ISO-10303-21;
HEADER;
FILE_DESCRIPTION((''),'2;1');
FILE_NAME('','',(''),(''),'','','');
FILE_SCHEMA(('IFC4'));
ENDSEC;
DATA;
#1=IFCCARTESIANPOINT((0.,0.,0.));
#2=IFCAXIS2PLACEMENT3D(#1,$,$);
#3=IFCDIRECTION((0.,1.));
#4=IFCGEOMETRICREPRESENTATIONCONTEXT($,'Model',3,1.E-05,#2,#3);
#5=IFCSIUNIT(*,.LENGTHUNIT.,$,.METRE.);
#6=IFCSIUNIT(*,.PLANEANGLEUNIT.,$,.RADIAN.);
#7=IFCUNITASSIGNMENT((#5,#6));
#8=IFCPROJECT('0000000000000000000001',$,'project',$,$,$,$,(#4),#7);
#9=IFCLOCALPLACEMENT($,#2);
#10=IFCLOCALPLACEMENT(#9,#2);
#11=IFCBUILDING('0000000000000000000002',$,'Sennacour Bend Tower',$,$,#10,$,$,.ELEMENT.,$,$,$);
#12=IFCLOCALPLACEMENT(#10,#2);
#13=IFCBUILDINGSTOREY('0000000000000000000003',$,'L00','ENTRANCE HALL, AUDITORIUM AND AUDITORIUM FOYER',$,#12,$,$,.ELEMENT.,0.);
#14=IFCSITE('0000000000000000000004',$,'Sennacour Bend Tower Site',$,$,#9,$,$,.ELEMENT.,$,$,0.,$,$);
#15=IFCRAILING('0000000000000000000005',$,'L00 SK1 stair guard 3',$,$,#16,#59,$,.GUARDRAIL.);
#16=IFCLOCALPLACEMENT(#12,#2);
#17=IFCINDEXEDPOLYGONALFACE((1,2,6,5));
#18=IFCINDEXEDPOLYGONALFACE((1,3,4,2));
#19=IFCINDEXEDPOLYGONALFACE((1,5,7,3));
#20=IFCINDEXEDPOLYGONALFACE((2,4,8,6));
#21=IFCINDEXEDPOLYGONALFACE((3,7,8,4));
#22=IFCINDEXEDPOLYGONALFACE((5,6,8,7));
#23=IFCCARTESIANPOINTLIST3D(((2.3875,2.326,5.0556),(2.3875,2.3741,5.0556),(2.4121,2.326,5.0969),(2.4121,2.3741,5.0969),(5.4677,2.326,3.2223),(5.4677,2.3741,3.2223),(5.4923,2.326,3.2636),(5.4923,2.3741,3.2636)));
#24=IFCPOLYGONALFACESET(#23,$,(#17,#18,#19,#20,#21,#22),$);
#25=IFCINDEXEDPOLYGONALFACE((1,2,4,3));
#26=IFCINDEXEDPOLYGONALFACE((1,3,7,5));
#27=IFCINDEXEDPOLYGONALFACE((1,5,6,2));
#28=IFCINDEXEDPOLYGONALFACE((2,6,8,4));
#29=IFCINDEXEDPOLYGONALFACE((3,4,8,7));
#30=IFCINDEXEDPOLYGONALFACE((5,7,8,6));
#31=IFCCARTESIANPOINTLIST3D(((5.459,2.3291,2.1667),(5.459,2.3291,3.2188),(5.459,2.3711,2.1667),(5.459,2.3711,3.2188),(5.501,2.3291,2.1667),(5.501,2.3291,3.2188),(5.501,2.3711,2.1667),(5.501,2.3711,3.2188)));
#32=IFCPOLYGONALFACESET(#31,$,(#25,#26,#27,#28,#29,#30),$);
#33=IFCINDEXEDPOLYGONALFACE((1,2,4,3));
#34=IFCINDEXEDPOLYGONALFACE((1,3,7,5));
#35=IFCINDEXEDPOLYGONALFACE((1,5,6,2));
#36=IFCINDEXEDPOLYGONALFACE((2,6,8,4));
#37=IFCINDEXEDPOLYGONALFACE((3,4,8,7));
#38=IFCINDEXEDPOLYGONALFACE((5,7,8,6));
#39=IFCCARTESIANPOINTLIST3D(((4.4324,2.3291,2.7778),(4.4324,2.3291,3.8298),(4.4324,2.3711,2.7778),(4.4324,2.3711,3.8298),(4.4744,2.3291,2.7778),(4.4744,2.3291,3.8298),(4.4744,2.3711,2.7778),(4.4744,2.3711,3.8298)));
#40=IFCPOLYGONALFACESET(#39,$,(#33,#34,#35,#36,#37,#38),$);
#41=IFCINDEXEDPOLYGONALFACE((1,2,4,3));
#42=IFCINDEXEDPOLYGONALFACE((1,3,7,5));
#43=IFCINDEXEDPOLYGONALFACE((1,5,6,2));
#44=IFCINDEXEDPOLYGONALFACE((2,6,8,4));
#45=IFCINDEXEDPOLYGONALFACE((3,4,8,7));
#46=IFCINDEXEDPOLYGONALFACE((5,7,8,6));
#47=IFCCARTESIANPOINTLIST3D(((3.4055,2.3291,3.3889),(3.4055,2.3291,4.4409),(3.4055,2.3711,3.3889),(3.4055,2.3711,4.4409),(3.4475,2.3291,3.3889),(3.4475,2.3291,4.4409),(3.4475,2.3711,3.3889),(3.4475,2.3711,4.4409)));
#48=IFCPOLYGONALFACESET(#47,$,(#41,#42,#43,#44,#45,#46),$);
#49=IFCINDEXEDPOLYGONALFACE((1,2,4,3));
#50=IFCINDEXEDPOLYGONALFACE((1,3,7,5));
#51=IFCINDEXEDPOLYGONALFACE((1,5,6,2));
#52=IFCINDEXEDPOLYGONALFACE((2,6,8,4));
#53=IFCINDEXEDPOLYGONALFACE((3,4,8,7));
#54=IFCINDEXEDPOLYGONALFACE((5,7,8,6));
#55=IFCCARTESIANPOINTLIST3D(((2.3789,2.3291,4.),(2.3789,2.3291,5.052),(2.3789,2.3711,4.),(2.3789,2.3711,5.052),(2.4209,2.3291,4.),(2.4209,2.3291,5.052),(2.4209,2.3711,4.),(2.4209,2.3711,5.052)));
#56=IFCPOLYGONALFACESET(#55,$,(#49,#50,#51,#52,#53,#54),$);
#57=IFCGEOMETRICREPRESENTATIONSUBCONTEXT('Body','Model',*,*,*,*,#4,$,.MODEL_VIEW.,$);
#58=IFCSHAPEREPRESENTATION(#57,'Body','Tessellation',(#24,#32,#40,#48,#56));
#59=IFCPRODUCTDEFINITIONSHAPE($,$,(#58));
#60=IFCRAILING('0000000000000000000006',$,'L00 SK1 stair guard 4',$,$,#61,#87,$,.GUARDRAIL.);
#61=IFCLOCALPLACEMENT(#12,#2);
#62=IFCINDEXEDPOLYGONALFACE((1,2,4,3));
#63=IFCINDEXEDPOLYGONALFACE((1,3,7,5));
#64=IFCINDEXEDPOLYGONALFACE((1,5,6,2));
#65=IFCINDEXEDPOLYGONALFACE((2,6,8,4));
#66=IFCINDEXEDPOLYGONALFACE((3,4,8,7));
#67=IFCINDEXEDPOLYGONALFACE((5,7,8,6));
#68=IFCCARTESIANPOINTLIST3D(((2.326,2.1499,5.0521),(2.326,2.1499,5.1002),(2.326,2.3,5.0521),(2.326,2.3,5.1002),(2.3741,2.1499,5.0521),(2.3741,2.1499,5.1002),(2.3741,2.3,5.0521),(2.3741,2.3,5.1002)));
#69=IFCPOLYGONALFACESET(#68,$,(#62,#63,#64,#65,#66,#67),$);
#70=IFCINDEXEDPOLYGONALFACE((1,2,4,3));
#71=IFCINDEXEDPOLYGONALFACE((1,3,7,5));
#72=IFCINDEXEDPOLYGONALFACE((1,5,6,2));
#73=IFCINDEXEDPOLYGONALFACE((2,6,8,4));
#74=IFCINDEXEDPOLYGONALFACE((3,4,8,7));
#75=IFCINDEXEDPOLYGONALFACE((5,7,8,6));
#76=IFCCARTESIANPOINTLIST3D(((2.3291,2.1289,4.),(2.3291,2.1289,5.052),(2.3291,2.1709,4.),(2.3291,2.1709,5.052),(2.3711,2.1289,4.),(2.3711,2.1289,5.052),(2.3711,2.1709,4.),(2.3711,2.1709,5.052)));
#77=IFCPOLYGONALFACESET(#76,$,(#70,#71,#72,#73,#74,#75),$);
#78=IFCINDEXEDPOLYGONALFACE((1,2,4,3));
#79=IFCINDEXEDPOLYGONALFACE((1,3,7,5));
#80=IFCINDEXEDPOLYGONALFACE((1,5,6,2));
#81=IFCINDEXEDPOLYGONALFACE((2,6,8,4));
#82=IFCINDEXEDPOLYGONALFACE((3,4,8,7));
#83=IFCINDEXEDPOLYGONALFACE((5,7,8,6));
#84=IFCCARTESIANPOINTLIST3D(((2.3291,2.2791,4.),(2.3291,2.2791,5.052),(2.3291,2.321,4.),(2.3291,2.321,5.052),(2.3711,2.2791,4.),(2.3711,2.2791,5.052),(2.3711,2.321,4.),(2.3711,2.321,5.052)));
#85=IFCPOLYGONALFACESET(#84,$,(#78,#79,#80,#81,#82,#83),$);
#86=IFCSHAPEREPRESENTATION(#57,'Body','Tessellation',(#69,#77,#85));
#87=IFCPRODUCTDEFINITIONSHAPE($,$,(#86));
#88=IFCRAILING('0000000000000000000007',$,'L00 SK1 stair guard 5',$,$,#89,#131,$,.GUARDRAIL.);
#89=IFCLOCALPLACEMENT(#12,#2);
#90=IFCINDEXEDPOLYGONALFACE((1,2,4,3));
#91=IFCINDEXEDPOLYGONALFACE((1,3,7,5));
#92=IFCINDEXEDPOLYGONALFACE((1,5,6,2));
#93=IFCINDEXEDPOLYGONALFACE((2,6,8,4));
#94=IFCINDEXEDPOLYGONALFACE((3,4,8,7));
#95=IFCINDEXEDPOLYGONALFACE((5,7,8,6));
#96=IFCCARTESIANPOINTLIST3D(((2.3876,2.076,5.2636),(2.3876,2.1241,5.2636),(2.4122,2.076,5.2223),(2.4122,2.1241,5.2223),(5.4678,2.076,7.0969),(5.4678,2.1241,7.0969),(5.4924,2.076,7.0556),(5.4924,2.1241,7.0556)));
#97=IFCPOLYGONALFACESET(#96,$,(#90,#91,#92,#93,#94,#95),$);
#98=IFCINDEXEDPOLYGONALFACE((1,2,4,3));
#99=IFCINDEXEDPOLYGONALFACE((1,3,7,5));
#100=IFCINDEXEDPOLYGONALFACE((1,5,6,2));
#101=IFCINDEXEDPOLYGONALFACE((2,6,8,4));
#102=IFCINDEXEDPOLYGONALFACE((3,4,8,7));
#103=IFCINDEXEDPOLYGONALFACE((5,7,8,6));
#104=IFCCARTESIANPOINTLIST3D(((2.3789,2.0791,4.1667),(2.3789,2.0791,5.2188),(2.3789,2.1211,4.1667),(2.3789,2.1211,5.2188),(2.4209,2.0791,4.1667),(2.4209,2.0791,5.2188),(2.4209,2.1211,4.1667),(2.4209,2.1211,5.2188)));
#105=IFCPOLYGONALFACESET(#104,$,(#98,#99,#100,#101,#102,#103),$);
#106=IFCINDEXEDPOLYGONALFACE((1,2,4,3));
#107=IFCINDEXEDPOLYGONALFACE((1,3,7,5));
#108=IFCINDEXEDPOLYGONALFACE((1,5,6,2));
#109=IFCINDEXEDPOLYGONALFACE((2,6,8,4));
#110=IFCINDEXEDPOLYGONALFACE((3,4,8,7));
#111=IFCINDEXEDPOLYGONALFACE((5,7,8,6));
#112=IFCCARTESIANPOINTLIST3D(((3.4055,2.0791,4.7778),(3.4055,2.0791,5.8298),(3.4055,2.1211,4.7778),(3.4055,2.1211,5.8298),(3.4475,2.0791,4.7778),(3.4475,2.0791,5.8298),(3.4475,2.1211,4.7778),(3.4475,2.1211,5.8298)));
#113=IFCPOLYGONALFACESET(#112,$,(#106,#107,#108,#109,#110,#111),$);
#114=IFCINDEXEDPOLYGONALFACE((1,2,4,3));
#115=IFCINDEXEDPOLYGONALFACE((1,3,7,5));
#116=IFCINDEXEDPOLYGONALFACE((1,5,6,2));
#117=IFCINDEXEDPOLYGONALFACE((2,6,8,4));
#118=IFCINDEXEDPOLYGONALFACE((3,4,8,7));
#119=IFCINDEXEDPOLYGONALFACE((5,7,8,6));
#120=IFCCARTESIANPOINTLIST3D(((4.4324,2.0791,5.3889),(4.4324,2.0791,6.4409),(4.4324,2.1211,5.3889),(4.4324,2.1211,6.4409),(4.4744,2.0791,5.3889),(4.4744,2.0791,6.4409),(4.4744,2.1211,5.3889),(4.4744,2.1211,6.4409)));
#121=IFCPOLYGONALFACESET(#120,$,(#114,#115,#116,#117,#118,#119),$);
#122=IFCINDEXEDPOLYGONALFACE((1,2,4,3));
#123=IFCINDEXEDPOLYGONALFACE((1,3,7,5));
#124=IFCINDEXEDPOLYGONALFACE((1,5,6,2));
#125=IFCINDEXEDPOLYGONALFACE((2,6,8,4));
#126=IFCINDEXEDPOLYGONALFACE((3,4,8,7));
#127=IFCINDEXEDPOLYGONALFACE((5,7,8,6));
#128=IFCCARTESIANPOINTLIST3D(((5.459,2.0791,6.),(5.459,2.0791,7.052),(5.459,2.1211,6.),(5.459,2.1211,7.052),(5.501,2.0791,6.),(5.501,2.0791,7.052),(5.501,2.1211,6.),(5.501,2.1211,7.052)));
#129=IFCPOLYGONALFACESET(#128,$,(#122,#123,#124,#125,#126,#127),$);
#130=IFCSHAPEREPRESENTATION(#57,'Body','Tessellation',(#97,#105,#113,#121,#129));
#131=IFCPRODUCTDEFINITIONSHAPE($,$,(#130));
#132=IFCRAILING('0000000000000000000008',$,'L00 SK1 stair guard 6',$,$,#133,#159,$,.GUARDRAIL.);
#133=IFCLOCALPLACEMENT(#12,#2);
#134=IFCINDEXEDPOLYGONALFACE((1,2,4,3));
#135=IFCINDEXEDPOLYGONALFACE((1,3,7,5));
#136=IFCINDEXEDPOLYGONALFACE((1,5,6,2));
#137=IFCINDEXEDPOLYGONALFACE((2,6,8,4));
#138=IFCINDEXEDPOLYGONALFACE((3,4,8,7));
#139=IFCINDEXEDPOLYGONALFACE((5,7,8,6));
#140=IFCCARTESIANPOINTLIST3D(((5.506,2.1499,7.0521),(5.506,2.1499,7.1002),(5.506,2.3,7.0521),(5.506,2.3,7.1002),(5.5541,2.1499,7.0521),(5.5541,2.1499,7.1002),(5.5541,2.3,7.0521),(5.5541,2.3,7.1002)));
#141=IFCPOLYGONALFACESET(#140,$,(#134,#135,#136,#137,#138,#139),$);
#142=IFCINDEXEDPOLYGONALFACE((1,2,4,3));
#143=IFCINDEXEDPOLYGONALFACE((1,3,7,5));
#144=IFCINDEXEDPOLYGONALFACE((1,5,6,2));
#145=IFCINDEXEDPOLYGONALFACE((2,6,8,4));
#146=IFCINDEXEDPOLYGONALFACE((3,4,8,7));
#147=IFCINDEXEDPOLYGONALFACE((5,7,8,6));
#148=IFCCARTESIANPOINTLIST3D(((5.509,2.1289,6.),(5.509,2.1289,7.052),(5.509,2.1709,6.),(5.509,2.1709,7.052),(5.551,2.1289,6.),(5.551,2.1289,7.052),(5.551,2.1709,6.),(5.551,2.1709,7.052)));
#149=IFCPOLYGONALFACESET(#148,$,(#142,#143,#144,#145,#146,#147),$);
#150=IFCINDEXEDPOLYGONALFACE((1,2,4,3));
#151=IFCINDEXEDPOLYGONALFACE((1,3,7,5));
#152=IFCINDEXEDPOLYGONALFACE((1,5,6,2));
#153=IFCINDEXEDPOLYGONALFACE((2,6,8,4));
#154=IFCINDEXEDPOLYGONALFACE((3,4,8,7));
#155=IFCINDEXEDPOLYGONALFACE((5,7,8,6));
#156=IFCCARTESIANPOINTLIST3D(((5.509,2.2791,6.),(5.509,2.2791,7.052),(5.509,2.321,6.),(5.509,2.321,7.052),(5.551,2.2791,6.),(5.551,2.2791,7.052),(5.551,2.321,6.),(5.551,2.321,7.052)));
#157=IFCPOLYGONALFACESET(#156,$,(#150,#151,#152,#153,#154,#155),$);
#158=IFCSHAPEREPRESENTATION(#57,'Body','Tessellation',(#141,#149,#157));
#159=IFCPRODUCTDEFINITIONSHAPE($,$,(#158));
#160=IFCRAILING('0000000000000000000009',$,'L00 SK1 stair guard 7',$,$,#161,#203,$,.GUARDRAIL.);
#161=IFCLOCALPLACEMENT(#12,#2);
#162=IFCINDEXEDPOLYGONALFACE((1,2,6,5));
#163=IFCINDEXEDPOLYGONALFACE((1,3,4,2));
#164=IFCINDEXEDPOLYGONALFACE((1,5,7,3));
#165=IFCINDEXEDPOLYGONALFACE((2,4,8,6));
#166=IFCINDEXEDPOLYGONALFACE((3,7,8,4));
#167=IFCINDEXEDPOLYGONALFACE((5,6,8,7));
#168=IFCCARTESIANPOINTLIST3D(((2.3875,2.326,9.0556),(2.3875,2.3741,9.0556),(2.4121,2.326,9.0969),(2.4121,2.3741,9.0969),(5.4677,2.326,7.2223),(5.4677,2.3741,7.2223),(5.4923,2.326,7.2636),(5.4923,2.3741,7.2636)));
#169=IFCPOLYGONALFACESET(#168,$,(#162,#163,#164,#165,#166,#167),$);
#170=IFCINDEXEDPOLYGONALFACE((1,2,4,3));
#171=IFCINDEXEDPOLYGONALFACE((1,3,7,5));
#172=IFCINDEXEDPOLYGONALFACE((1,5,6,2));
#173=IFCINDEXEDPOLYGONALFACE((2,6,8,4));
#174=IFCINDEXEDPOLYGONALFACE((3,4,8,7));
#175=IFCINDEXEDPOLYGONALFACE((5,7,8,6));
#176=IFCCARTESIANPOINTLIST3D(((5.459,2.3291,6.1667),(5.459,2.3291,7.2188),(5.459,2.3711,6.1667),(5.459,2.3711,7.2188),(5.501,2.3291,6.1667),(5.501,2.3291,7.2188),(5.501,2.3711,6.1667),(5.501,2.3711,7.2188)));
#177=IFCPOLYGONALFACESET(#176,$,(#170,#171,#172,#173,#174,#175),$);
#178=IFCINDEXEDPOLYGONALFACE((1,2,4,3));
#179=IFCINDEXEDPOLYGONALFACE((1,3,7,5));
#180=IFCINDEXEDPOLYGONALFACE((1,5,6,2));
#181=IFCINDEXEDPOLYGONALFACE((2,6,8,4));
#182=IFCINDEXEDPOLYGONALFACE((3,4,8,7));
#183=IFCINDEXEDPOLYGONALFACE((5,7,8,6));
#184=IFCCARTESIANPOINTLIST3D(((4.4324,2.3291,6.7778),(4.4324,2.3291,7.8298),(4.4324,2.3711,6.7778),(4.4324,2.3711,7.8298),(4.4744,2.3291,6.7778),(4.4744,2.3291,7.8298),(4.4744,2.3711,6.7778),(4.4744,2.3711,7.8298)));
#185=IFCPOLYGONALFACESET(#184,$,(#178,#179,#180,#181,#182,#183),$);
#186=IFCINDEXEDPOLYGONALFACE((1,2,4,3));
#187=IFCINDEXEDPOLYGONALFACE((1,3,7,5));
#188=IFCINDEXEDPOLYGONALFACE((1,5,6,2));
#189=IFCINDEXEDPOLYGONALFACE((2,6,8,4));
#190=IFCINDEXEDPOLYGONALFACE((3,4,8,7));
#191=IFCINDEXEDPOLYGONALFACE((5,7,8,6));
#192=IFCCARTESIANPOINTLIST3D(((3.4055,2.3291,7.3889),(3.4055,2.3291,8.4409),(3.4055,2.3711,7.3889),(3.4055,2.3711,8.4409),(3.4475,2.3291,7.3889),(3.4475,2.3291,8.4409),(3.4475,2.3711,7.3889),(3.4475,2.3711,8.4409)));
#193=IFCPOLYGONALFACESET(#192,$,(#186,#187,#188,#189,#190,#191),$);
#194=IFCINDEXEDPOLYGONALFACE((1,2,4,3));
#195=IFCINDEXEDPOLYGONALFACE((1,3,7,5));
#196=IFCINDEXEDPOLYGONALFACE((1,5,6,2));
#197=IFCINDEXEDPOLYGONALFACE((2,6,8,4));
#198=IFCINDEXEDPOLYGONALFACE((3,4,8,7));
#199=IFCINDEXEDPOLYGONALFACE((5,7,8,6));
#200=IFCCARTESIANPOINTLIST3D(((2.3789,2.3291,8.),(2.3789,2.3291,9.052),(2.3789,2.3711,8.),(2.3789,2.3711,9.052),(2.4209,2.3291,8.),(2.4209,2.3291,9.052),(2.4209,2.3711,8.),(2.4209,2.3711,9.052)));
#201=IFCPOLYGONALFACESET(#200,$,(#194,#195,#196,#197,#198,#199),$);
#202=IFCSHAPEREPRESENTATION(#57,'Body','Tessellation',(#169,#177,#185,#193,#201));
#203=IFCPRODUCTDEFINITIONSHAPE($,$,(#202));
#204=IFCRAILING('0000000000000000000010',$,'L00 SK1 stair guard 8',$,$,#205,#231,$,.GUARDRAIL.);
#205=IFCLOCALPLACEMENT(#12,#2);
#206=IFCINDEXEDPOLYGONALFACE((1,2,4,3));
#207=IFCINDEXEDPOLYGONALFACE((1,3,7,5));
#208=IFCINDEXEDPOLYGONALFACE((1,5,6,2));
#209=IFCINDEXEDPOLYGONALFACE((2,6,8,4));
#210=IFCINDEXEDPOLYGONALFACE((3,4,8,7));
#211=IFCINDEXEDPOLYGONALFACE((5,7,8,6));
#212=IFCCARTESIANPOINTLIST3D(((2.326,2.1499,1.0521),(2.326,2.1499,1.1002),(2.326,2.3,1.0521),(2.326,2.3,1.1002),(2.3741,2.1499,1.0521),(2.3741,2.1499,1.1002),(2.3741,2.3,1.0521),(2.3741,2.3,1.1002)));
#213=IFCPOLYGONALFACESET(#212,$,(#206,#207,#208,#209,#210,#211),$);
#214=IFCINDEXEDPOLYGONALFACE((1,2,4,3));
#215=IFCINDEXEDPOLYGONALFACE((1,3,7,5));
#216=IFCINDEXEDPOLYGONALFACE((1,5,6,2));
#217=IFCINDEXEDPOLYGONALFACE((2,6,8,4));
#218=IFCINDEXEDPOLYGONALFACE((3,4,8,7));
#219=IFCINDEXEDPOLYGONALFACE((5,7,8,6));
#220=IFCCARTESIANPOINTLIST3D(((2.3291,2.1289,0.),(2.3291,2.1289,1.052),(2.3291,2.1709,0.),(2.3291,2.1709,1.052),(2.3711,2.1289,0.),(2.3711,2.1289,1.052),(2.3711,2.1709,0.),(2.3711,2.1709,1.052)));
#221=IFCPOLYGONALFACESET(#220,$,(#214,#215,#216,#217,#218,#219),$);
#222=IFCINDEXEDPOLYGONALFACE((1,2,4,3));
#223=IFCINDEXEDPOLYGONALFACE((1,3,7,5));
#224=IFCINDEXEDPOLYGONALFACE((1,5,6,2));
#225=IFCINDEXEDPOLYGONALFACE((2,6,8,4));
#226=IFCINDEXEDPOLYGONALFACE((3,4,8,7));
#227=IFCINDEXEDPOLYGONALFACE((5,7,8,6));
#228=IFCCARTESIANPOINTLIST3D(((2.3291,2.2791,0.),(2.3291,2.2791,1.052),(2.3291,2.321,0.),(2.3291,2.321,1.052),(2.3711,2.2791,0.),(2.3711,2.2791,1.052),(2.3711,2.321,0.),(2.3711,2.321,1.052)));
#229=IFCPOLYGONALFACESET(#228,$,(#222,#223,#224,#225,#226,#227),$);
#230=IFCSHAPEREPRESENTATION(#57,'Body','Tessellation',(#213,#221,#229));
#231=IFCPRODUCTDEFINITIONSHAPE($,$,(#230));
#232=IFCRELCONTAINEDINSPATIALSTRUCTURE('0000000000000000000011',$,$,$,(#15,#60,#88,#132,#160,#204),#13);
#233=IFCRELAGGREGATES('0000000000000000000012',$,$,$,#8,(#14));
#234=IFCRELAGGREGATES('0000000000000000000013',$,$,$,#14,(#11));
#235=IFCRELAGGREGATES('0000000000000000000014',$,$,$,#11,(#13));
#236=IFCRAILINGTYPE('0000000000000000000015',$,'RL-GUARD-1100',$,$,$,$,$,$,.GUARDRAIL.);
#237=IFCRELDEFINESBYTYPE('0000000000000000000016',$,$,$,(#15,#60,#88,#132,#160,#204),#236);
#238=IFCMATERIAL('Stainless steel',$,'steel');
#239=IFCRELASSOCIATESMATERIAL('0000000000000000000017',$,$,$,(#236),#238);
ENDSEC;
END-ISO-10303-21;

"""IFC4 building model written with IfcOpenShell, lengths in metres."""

from ifc_helpers import new_model, si_unit, direction, frame, origin, origin_2d, place, context, subcontext, project, spatial, rectangle, extrude, material, type_object, element, save


model = new_model("IFC4")

# Units and contexts
model_context = context("Model", 3, precision=1e-05, world=origin(), true_north=direction((0.0, 1.0)))
body_context = subcontext(model_context, "Body", "Model", "MODEL_VIEW")
ifc_project = project(units=[si_unit("LENGTHUNIT", "METRE"), si_unit("PLANEANGLEUNIT", "RADIAN")], contexts=[model_context])

# Site, building, storey
site_placement = place(None, origin())
site = spatial("IfcSite", under=ifc_project, at=site_placement, Name="Sennacour Bend Tower Site", CompositionType="ELEMENT", RefElevation=0.0)
building_placement = place(site_placement, origin())
building = spatial("IfcBuilding", under=site, at=building_placement, Name="Sennacour Bend Tower", CompositionType="ELEMENT")
storey_placement = place(building_placement, origin())
storey = spatial("IfcBuildingStorey", under=building, at=storey_placement, Name="L00", Description="ENTRANCE HALL, AUDITORIUM AND AUDITORIUM FOYER", CompositionType="ELEMENT", Elevation=0.0)

# Railings
ifc_material_1 = material(Name="Stainless steel", Category="steel")
railing_type_1 = type_object("IfcRailingType", Name="RL-GUARD-1100", PredefinedType="GUARDRAIL", material=ifc_material_1)
railing_1_placement = place(storey_placement, frame((5.48, 2.3501, 2.1667)))
element("IfcRailing", 1, at=railing_1_placement, inside=storey, type_object=railing_type_1, Name="L00 SK1 stair guard 3", PredefinedType="GUARDRAIL", context=body_context, shape_type="SweptSolid", body=[
    extrude(rectangle(XDim=0.0481, YDim=0.0481, at=origin_2d()), frame((0.0, 0.0, 1.0762), z_axis=(-0.859309, 0.0, 0.511458), x_axis=(0.0, -1.0, 0.0)), (0.0, 0.0, 1.0), 3.5845),
    extrude(rectangle(XDim=0.042, YDim=0.042, at=origin_2d()), origin(), (0.0, 0.0, 1.0), 1.052),
    extrude(rectangle(XDim=0.042, YDim=0.042, at=origin_2d()), frame((-1.0266, 0.0, 0.6111)), (0.0, 0.0, 1.0), 1.052),
    extrude(rectangle(XDim=0.042, YDim=0.042, at=origin_2d()), frame((-2.0535, 0.0, 1.2222)), (0.0, 0.0, 1.0), 1.052),
    extrude(rectangle(XDim=0.042, YDim=0.042, at=origin_2d()), frame((-3.0801, 0.0, 1.8333)), (0.0, 0.0, 1.0), 1.052),
])
railing_2_placement = place(storey_placement, frame((2.3501, 2.1499, 4.0)))
element("IfcRailing", 2, at=railing_2_placement, inside=storey, type_object=railing_type_1, Name="L00 SK1 stair guard 4", PredefinedType="GUARDRAIL", context=body_context, shape_type="SweptSolid", body=[
    extrude(rectangle(XDim=0.0481, YDim=0.0481, at=origin_2d()), frame((0.0, 0.0, 1.0762), z_axis=(0.0, 1.0, 0.0), x_axis=(-1.0, 0.0, 0.0)), (0.0, 0.0, 1.0), 0.1501),
    extrude(rectangle(XDim=0.042, YDim=0.042, at=origin_2d()), origin(), (0.0, 0.0, 1.0), 1.052),
    extrude(rectangle(XDim=0.042, YDim=0.042, at=origin_2d()), frame((0.0, 0.1501, 0.0)), (0.0, 0.0, 1.0), 1.052),
])
railing_3_placement = place(storey_placement, frame((2.3999, 2.1001, 4.1667)))
element("IfcRailing", 3, at=railing_3_placement, inside=storey, type_object=railing_type_1, Name="L00 SK1 stair guard 5", PredefinedType="GUARDRAIL", context=body_context, shape_type="SweptSolid", body=[
    extrude(rectangle(XDim=0.0481, YDim=0.0481, at=origin_2d()), frame((0.0, 0.0, 1.0762), z_axis=(0.859309, 0.0, 0.511458), x_axis=(0.0, 1.0, 0.0)), (0.0, 0.0, 1.0), 3.5845),
    extrude(rectangle(XDim=0.042, YDim=0.042, at=origin_2d()), origin(), (0.0, 0.0, 1.0), 1.052),
    extrude(rectangle(XDim=0.042, YDim=0.042, at=origin_2d()), frame((1.0266, 0.0, 0.6111)), (0.0, 0.0, 1.0), 1.052),
    extrude(rectangle(XDim=0.042, YDim=0.042, at=origin_2d()), frame((2.0535, 0.0, 1.2222)), (0.0, 0.0, 1.0), 1.052),
    extrude(rectangle(XDim=0.042, YDim=0.042, at=origin_2d()), frame((3.0801, 0.0, 1.8333)), (0.0, 0.0, 1.0), 1.052),
])
railing_4_placement = place(storey_placement, frame((5.53, 2.1499, 6.0)))
element("IfcRailing", 4, at=railing_4_placement, inside=storey, type_object=railing_type_1, Name="L00 SK1 stair guard 6", PredefinedType="GUARDRAIL", context=body_context, shape_type="SweptSolid", body=[
    extrude(rectangle(XDim=0.0481, YDim=0.0481, at=origin_2d()), frame((0.0, 0.0, 1.0762), z_axis=(0.0, 1.0, 0.0), x_axis=(-1.0, 0.0, 0.0)), (0.0, 0.0, 1.0), 0.1501),
    extrude(rectangle(XDim=0.042, YDim=0.042, at=origin_2d()), origin(), (0.0, 0.0, 1.0), 1.052),
    extrude(rectangle(XDim=0.042, YDim=0.042, at=origin_2d()), frame((0.0, 0.1501, 0.0)), (0.0, 0.0, 1.0), 1.052),
])
railing_5_placement = place(storey_placement, frame((5.48, 2.3501, 6.1667)))
element("IfcRailing", 5, at=railing_5_placement, inside=storey, type_object=railing_type_1, Name="L00 SK1 stair guard 7", PredefinedType="GUARDRAIL", context=body_context, shape_type="SweptSolid", body=[
    extrude(rectangle(XDim=0.0481, YDim=0.0481, at=origin_2d()), frame((0.0, 0.0, 1.0762), z_axis=(-0.859309, 0.0, 0.511458), x_axis=(0.0, -1.0, 0.0)), (0.0, 0.0, 1.0), 3.5845),
    extrude(rectangle(XDim=0.042, YDim=0.042, at=origin_2d()), origin(), (0.0, 0.0, 1.0), 1.052),
    extrude(rectangle(XDim=0.042, YDim=0.042, at=origin_2d()), frame((-1.0266, 0.0, 0.6111)), (0.0, 0.0, 1.0), 1.052),
    extrude(rectangle(XDim=0.042, YDim=0.042, at=origin_2d()), frame((-2.0535, 0.0, 1.2222)), (0.0, 0.0, 1.0), 1.052),
    extrude(rectangle(XDim=0.042, YDim=0.042, at=origin_2d()), frame((-3.0801, 0.0, 1.8333)), (0.0, 0.0, 1.0), 1.052),
])
railing_6_placement = place(storey_placement, frame((2.3501, 2.1499, 0.0)))
element("IfcRailing", 6, at=railing_6_placement, inside=storey, type_object=railing_type_1, Name="L00 SK1 stair guard 8", PredefinedType="GUARDRAIL", context=body_context, shape_type="SweptSolid", body=[
    extrude(rectangle(XDim=0.0481, YDim=0.0481, at=origin_2d()), frame((0.0, 0.0, 1.0762), z_axis=(0.0, 1.0, 0.0), x_axis=(-1.0, 0.0, 0.0)), (0.0, 0.0, 1.0), 0.1501),
    extrude(rectangle(XDim=0.042, YDim=0.042, at=origin_2d()), origin(), (0.0, 0.0, 1.0), 1.052),
    extrude(rectangle(XDim=0.042, YDim=0.042, at=origin_2d()), frame((0.0, 0.1501, 0.0)), (0.0, 0.0, 1.0), 1.052),
])

save(model, "model.ifc")
